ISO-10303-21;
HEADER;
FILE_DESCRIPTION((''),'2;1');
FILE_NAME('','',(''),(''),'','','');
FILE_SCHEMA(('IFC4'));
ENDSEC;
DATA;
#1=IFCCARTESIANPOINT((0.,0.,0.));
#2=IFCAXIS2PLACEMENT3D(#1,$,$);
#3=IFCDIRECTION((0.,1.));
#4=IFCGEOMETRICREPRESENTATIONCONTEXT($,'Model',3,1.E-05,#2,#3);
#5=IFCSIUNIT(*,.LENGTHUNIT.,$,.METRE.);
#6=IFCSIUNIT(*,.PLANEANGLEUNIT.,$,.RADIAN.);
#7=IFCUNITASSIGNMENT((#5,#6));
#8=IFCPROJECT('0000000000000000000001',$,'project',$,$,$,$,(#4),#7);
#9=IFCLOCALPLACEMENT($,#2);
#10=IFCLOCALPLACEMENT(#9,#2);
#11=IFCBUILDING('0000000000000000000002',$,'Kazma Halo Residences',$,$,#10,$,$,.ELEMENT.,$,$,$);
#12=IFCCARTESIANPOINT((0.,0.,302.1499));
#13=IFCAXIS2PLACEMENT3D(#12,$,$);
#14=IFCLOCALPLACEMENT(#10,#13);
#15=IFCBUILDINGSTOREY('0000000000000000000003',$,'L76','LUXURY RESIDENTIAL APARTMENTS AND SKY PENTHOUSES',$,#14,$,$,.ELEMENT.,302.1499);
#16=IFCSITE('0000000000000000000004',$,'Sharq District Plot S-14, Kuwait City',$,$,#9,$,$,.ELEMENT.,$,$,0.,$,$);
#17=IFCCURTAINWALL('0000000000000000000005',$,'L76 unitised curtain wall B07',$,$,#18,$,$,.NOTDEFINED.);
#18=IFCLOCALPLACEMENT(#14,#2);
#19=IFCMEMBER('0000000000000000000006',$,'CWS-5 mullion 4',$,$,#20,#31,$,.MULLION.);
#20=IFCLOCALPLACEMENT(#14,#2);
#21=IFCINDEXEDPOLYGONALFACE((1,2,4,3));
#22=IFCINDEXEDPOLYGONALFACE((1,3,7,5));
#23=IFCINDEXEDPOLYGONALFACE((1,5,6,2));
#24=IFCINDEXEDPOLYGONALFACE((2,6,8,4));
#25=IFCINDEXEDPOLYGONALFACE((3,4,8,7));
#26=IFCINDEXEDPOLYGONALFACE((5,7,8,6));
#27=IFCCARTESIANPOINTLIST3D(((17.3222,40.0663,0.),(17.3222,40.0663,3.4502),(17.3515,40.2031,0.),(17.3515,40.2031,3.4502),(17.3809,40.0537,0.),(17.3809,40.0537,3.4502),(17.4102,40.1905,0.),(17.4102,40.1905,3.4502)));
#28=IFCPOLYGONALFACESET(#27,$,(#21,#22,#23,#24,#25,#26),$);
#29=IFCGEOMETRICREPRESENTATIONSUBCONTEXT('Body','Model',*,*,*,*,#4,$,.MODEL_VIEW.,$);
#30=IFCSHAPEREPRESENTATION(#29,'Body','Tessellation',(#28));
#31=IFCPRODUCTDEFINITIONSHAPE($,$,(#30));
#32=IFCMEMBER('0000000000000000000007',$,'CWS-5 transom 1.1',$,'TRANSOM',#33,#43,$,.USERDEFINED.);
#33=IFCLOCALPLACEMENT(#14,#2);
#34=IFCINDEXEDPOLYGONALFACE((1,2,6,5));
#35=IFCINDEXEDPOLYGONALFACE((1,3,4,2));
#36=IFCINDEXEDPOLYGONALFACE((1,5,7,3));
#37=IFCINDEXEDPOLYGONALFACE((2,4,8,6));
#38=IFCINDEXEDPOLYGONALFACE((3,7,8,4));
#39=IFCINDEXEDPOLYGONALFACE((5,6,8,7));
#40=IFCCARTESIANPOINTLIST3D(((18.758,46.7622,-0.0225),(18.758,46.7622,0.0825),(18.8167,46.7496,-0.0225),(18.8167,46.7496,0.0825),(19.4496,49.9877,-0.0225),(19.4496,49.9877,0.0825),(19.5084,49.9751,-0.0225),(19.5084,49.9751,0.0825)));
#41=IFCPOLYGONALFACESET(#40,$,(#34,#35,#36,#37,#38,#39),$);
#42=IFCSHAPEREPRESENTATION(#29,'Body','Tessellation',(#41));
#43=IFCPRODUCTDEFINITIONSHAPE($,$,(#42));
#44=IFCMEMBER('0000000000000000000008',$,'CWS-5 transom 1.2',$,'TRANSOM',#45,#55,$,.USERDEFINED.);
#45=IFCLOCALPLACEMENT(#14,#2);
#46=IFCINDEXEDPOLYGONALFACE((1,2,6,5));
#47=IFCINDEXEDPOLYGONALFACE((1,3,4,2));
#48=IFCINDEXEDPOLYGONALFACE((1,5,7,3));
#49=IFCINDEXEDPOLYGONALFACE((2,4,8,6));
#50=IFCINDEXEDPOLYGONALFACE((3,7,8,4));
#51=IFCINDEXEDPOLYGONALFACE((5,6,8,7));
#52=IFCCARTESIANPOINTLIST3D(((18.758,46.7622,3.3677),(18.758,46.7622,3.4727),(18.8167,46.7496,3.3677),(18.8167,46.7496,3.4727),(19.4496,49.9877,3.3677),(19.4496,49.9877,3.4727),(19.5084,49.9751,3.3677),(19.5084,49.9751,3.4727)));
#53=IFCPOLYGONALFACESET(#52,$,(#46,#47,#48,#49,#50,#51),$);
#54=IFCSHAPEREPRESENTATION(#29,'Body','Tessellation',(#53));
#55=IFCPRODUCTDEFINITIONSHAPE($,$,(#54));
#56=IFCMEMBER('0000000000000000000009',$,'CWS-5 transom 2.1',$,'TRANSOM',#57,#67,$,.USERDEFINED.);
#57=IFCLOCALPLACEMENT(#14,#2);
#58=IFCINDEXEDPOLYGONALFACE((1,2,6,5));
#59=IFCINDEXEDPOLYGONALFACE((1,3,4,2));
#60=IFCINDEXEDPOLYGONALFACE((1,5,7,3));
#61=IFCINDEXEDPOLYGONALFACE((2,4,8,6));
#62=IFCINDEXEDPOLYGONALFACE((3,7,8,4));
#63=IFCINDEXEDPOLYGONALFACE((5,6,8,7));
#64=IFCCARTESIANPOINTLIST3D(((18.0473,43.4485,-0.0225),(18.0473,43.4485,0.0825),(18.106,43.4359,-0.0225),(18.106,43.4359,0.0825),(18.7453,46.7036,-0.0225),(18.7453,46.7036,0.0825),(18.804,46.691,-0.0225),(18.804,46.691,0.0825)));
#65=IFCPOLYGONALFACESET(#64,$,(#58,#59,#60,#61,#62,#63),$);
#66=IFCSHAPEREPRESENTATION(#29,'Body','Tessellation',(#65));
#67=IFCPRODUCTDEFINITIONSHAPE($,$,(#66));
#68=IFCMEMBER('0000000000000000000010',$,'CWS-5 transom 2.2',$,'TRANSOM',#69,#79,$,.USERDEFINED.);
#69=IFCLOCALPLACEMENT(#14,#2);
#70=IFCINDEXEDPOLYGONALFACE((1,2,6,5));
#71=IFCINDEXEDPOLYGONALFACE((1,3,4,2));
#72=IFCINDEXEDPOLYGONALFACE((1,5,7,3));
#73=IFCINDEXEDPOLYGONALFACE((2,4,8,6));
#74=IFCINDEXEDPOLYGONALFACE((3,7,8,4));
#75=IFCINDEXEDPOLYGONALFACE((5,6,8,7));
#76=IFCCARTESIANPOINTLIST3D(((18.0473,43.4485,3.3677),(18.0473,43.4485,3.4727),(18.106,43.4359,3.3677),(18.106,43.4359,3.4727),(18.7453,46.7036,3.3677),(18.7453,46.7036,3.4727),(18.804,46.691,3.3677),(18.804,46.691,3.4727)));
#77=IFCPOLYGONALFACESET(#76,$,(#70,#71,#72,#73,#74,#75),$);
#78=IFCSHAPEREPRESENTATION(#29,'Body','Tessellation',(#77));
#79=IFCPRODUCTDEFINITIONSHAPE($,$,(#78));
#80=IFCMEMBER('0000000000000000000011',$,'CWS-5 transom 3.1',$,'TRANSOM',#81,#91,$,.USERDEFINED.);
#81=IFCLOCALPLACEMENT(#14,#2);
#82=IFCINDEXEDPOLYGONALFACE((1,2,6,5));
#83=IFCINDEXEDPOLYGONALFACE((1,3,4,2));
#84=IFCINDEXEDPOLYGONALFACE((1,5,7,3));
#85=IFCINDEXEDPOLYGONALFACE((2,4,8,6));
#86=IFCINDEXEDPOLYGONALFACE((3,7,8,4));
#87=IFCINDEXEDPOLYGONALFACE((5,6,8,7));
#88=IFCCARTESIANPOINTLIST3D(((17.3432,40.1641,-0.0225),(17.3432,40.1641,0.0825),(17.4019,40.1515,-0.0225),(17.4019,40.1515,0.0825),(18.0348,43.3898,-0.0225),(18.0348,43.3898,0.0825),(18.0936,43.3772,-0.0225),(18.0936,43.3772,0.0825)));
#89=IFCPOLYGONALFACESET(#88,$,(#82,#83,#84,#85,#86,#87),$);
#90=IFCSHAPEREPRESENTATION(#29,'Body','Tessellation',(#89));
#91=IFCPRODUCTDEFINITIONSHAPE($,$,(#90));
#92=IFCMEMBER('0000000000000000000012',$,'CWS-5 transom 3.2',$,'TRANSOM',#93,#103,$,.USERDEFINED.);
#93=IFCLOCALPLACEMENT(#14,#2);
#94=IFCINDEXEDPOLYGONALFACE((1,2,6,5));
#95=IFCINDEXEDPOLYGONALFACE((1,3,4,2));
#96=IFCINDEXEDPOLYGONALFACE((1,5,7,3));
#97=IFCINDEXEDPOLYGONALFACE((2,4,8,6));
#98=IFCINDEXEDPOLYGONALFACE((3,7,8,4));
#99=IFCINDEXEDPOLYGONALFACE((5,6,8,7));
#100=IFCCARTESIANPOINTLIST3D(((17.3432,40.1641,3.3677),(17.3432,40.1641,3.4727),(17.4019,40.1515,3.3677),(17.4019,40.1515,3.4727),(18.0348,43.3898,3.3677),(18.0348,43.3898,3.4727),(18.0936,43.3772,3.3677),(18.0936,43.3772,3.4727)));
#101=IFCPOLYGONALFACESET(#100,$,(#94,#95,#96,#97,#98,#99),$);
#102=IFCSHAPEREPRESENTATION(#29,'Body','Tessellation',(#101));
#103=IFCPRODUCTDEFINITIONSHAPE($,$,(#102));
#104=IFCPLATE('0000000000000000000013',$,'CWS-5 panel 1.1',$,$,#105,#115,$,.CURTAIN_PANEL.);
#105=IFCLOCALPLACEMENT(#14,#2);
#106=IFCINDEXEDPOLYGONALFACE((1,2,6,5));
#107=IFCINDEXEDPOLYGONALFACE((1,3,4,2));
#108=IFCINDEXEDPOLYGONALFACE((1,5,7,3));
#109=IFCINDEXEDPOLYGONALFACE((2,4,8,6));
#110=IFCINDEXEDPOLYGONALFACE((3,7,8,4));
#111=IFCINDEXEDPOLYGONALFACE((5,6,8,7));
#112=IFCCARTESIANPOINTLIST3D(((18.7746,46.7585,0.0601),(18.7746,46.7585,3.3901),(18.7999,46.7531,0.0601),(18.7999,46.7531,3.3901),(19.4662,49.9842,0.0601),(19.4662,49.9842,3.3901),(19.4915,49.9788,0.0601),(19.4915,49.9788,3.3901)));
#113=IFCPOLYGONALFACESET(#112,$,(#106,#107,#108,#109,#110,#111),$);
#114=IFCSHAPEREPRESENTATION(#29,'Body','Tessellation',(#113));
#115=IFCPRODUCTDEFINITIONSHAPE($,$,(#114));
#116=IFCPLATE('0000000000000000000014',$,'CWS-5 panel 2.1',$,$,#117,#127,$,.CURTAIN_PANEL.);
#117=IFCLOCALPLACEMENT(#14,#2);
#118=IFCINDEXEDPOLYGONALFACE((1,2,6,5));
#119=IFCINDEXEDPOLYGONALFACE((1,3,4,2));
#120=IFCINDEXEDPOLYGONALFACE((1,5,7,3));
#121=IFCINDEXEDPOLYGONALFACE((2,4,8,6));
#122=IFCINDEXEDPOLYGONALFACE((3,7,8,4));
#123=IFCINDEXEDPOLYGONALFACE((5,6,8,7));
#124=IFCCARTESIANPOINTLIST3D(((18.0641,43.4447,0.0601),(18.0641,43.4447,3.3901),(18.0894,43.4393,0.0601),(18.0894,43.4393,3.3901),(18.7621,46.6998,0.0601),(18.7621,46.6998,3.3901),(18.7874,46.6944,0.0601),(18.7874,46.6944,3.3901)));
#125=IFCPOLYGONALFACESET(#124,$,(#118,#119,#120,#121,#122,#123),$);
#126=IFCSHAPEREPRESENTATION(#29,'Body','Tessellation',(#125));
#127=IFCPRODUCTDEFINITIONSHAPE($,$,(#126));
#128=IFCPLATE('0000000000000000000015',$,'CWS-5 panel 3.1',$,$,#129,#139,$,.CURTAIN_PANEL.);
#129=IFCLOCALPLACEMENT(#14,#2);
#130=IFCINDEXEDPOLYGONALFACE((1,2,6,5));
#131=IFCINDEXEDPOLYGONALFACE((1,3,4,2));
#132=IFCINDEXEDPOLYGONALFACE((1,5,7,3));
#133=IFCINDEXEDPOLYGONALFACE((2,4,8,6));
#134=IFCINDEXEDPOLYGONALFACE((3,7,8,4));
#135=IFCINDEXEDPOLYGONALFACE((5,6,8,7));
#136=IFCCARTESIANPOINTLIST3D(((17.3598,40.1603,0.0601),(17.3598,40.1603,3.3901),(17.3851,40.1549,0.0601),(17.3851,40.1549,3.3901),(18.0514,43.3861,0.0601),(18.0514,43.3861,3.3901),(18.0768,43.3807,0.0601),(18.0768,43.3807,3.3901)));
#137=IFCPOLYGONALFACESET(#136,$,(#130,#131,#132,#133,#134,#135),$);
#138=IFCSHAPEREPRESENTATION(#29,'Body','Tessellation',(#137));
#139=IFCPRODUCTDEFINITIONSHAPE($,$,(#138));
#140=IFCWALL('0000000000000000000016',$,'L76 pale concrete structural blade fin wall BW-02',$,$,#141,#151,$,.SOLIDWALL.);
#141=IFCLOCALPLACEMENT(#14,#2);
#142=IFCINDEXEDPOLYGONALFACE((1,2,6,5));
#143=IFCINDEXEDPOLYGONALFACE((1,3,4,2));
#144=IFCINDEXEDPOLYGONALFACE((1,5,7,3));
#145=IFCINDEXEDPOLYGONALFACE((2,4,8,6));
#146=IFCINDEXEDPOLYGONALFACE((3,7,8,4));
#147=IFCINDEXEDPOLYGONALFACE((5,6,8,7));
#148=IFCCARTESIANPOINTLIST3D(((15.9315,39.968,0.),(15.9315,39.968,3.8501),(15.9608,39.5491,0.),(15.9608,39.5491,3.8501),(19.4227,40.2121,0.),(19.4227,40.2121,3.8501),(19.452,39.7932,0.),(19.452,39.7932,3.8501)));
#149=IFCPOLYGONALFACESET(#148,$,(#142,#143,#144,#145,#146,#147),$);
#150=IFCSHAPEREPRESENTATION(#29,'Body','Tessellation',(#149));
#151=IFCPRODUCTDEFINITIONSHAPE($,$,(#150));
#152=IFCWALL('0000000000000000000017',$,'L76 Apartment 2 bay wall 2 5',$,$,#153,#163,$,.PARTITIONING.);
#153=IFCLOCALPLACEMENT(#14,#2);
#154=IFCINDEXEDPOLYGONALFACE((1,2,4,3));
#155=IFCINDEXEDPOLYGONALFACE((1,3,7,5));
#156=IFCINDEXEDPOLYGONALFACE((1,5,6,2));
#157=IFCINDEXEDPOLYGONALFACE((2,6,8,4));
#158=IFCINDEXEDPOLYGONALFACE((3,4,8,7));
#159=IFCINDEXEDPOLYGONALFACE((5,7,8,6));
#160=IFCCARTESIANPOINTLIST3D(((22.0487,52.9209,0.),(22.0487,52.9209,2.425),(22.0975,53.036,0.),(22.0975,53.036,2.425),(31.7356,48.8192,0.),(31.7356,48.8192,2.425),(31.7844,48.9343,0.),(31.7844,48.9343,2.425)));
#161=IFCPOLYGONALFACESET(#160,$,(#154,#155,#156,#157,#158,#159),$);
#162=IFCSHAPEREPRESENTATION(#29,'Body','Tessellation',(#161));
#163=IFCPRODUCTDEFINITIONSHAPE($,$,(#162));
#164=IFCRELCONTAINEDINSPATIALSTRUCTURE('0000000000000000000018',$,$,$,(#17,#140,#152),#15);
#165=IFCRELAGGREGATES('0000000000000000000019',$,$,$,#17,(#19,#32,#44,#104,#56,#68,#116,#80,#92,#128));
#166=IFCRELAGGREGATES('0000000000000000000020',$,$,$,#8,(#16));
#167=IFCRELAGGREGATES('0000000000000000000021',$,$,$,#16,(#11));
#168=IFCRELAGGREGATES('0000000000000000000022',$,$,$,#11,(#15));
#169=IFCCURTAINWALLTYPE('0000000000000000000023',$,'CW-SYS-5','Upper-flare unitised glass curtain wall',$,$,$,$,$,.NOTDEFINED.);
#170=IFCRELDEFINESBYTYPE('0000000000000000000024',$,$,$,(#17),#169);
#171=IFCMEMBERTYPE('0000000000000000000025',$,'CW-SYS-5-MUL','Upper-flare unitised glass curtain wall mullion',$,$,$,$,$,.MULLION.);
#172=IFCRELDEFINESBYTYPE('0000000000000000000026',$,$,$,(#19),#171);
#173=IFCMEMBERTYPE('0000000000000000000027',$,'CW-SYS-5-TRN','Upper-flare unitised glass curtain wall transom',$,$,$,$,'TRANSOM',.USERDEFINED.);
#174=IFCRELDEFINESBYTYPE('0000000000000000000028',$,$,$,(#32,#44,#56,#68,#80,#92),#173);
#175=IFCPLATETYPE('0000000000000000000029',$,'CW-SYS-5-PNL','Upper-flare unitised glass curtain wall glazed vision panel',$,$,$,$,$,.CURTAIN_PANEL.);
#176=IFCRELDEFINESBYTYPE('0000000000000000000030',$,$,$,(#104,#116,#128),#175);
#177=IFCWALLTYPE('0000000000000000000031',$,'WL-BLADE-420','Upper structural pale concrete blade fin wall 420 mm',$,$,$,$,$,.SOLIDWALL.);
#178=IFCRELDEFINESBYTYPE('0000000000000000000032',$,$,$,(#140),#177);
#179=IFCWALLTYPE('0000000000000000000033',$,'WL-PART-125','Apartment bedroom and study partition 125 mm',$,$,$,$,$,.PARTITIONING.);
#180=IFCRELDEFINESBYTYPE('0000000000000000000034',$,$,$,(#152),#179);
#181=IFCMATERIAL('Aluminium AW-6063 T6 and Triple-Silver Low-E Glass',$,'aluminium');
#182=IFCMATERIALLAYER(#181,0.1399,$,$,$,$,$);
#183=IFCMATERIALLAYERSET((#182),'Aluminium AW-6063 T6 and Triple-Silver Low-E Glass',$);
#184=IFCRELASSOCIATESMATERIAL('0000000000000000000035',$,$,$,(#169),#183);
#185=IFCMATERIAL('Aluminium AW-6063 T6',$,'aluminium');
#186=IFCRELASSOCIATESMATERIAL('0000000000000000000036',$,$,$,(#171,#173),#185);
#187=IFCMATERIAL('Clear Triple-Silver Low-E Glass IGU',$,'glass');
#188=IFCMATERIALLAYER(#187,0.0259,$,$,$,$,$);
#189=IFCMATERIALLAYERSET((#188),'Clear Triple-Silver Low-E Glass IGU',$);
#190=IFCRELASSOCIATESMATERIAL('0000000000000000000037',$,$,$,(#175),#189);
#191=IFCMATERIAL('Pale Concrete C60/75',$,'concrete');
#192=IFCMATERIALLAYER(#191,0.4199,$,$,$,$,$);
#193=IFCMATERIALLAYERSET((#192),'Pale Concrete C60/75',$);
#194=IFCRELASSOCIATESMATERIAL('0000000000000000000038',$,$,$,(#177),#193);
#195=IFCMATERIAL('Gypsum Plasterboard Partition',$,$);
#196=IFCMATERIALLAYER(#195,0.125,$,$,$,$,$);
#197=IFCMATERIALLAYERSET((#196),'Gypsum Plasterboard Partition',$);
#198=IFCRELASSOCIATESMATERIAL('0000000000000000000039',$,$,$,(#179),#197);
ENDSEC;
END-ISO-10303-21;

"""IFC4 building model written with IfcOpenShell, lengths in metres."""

from ifc_helpers import new_model, si_unit, direction, frame, frame_2d, origin, origin_2d, place, context, subcontext, project, spatial, rectangle, extrude, material, layer, layer_set, material_profile, profile_set, type_object, element, aggregate, save


model = new_model("IFC4")

# Units and contexts
model_context = context("Model", 3, precision=1e-05, world=origin(), true_north=direction((0.0, 1.0)))
body_context = subcontext(model_context, "Body", "Model", "MODEL_VIEW")
ifc_project = project(units=[si_unit("LENGTHUNIT", "METRE"), si_unit("PLANEANGLEUNIT", "RADIAN")], contexts=[model_context])

# Site, building, storey
site_placement = place(None, origin())
site = spatial("IfcSite", under=ifc_project, at=site_placement, Name="Sharq District Plot S-14, Kuwait City", CompositionType="ELEMENT", RefElevation=0.0)
building_placement = place(site_placement, origin())
building = spatial("IfcBuilding", under=site, at=building_placement, Name="Kazma Halo Residences", CompositionType="ELEMENT")
storey_placement = place(building_placement, frame((0.0, 0.0, 302.1499)))
storey = spatial("IfcBuildingStorey", under=building, at=storey_placement, Name="L76", Description="LUXURY RESIDENTIAL APARTMENTS AND SKY PENTHOUSES", CompositionType="ELEMENT", Elevation=302.1499)

# Curtain wall, members, plates
ifc_material_1 = material(Name="Aluminium AW-6063 T6 and Triple-Silver Low-E Glass", Category="aluminium")
ifc_layer_1 = layer(ifc_material_1, 0.1399)
ifc_layer_set_1 = layer_set([ifc_layer_1], Name="Aluminium AW-6063 T6 and Triple-Silver Low-E Glass")
curtain_wall_type = type_object("IfcCurtainWallType", Name="CW-SYS-5", Description="Upper-flare unitised glass curtain wall", PredefinedType="NOTDEFINED", material=ifc_layer_set_1)
curtain_wall_placement = place(storey_placement, origin())
curtain_wall = element("IfcCurtainWall", 1, at=curtain_wall_placement, inside=storey, type_object=curtain_wall_type, Name="L76 unitised curtain wall B07", PredefinedType="NOTDEFINED")
ifc_material_2 = material(Name="Aluminium AW-6063 T6", Category="aluminium")
ifc_material_profile_1 = material_profile(ifc_material_2, rectangle(XDim=0.0601, YDim=0.1399, at=origin_2d()), Name="CWM-60x140")
ifc_profile_set_1 = profile_set([ifc_material_profile_1], Name="Aluminium AW-6063 T6")
member_type_1 = type_object("IfcMemberType", Name="CW-SYS-5-MUL", Description="Upper-flare unitised glass curtain wall mullion", PredefinedType="MULLION", material=ifc_profile_set_1)
member_1_placement = place(storey_placement, frame((17.3662, 40.1284, 0.0), z_axis=(0.0, 0.0, 1.0), x_axis=(0.977775, -0.209657, 0.0)))
member_1 = element("IfcMember", 2, at=member_1_placement, type_object=member_type_1, Name="CWS-5 mullion 4", PredefinedType="MULLION", context=body_context, shape_type="SweptSolid", body=[
    extrude(rectangle(XDim=0.0601, YDim=0.1399, at=origin_2d()), origin(), (0.0, 0.0, 1.0), 3.4502),
])
ifc_material_profile_2 = material_profile(ifc_material_2, rectangle(XDim=0.0601, YDim=0.105, at=origin_2d()), Name="CWT-60x105")
ifc_profile_set_2 = profile_set([ifc_material_profile_2], Name="Aluminium AW-6063 T6")
member_type_2 = type_object("IfcMemberType", Name="CW-SYS-5-TRN", Description="Upper-flare unitised glass curtain wall transom", ElementType="TRANSOM", PredefinedType="USERDEFINED", material=ifc_profile_set_2)
member_2_placement = place(storey_placement, frame((19.479, 49.9814, 0.03), z_axis=(-0.20966, -0.977774, 0.0), x_axis=(0.977774, -0.20966, 0.0)))
member_2 = element("IfcMember", 3, at=member_2_placement, type_object=member_type_2, Name="CWS-5 transom 1.1", ObjectType="TRANSOM", PredefinedType="USERDEFINED", context=body_context, shape_type="SweptSolid", body=[
    extrude(rectangle(XDim=0.0601, YDim=0.105, at=origin_2d()), origin(), (0.0, 0.0, 1.0), 3.2988),
])
member_3_placement = place(storey_placement, frame((19.479, 49.9814, 3.4202), z_axis=(-0.20966, -0.977774, 0.0), x_axis=(0.977774, -0.20966, 0.0)))
member_3 = element("IfcMember", 4, at=member_3_placement, type_object=member_type_2, Name="CWS-5 transom 1.2", ObjectType="TRANSOM", PredefinedType="USERDEFINED", context=body_context, shape_type="SweptSolid", body=[
    extrude(rectangle(XDim=0.0601, YDim=0.105, at=origin_2d()), origin(), (0.0, 0.0, 1.0), 3.2988),
])
member_4_placement = place(storey_placement, frame((18.7747, 46.6973, 0.03), z_axis=(-0.209664, -0.977773, 0.0), x_axis=(0.977773, -0.209664, 0.0)))
member_4 = element("IfcMember", 5, at=member_4_placement, type_object=member_type_2, Name="CWS-5 transom 2.1", ObjectType="TRANSOM", PredefinedType="USERDEFINED", context=body_context, shape_type="SweptSolid", body=[
    extrude(rectangle(XDim=0.0601, YDim=0.105, at=origin_2d()), origin(), (0.0, 0.0, 1.0), 3.3291),
])
member_5_placement = place(storey_placement, frame((18.7747, 46.6973, 3.4202), z_axis=(-0.209664, -0.977773, 0.0), x_axis=(0.977773, -0.209664, 0.0)))
member_5 = element("IfcMember", 6, at=member_5_placement, type_object=member_type_2, Name="CWS-5 transom 2.2", ObjectType="TRANSOM", PredefinedType="USERDEFINED", context=body_context, shape_type="SweptSolid", body=[
    extrude(rectangle(XDim=0.0601, YDim=0.105, at=origin_2d()), origin(), (0.0, 0.0, 1.0), 3.3291),
])
member_6_placement = place(storey_placement, frame((18.0642, 43.3835, 0.03), z_axis=(-0.209645, -0.977777, 0.0), x_axis=(0.977777, -0.209645, 0.0)))
member_6 = element("IfcMember", 7, at=member_6_placement, type_object=member_type_2, Name="CWS-5 transom 3.1", ObjectType="TRANSOM", PredefinedType="USERDEFINED", context=body_context, shape_type="SweptSolid", body=[
    extrude(rectangle(XDim=0.0601, YDim=0.105, at=origin_2d()), origin(), (0.0, 0.0, 1.0), 3.2991),
])
member_7_placement = place(storey_placement, frame((18.0642, 43.3835, 3.4202), z_axis=(-0.209645, -0.977777, 0.0), x_axis=(0.977777, -0.209645, 0.0)))
member_7 = element("IfcMember", 8, at=member_7_placement, type_object=member_type_2, Name="CWS-5 transom 3.2", ObjectType="TRANSOM", PredefinedType="USERDEFINED", context=body_context, shape_type="SweptSolid", body=[
    extrude(rectangle(XDim=0.0601, YDim=0.105, at=origin_2d()), origin(), (0.0, 0.0, 1.0), 3.2991),
])
ifc_material_3 = material(Name="Clear Triple-Silver Low-E Glass IGU", Category="glass")
ifc_layer_2 = layer(ifc_material_3, 0.0259)
ifc_layer_set_2 = layer_set([ifc_layer_2], Name="Clear Triple-Silver Low-E Glass IGU")
plate_type = type_object("IfcPlateType", Name="CW-SYS-5-PNL", Description="Upper-flare unitised glass curtain wall glazed vision panel", PredefinedType="CURTAIN_PANEL", material=ifc_layer_set_2)
plate_1_placement = place(storey_placement, frame((19.1331, 48.3687, 0.0601), z_axis=(0.0, 0.0, 1.0), x_axis=(-0.209657, -0.977775, 0.0)))
plate_1 = element("IfcPlate", 9, at=plate_1_placement, type_object=plate_type, Name="CWS-5 panel 1.1", PredefinedType="CURTAIN_PANEL", context=body_context, shape_type="SweptSolid", body=[
    extrude(rectangle(XDim=3.2991, YDim=0.0259, at=origin_2d()), origin(), (0.0, 0.0, 1.0), 3.3301),
])
plate_2_placement = place(storey_placement, frame((18.4258, 45.0696, 0.0601), z_axis=(0.0, 0.0, 1.0), x_axis=(-0.209657, -0.977775, 0.0)))
plate_2 = element("IfcPlate", 10, at=plate_2_placement, type_object=plate_type, Name="CWS-5 panel 2.1", PredefinedType="CURTAIN_PANEL", context=body_context, shape_type="SweptSolid", body=[
    extrude(rectangle(XDim=3.3291, YDim=0.0259, at=origin_2d()), origin(), (0.0, 0.0, 1.0), 3.3301),
])
plate_3_placement = place(storey_placement, frame((17.7183, 41.7705, 0.0601), z_axis=(0.0, 0.0, 1.0), x_axis=(-0.209657, -0.977775, 0.0)))
plate_3 = element("IfcPlate", 11, at=plate_3_placement, type_object=plate_type, Name="CWS-5 panel 3.1", PredefinedType="CURTAIN_PANEL", context=body_context, shape_type="SweptSolid", body=[
    extrude(rectangle(XDim=3.2991, YDim=0.0259, at=origin_2d()), origin(), (0.0, 0.0, 1.0), 3.3301),
])
aggregate(curtain_wall, [member_1, member_2, member_3, plate_1, member_4, member_5, plate_2, member_6, member_7, plate_3])

# Walls
ifc_material_4 = material(Name="Pale Concrete C60/75", Category="concrete")
ifc_layer_3 = layer(ifc_material_4, 0.4199)
ifc_layer_set_3 = layer_set([ifc_layer_3], Name="Pale Concrete C60/75")
wall_type_1 = type_object("IfcWallType", Name="WL-BLADE-420", Description="Upper structural pale concrete blade fin wall 420 mm", PredefinedType="SOLIDWALL", material=ifc_layer_set_3)
wall_1_placement = place(storey_placement, frame((19.4375, 40.0027, 0.0), z_axis=(0.0, 0.0, 1.0), x_axis=(-0.997564, -0.06976, 0.0)))
element("IfcWall", 12, at=wall_1_placement, inside=storey, type_object=wall_type_1, Name="L76 pale concrete structural blade fin wall BW-02", PredefinedType="SOLIDWALL", context=body_context, shape_type="SweptSolid", body=[
    extrude(rectangle(XDim=3.4998, YDim=0.4199, at=frame_2d((1.75, 0.0))), origin(), (0.0, 0.0, 1.0), 3.8501),
])
ifc_material_5 = material(Name="Gypsum Plasterboard Partition")
ifc_layer_4 = layer(ifc_material_5, 0.125)
ifc_layer_set_4 = layer_set([ifc_layer_4], Name="Gypsum Plasterboard Partition")
wall_type_2 = type_object("IfcWallType", Name="WL-PART-125", Description="Apartment bedroom and study partition 125 mm", PredefinedType="PARTITIONING", material=ifc_layer_set_4)
wall_2_placement = place(storey_placement, frame((31.76, 48.8767, 0.0), z_axis=(0.0, 0.0, 1.0), x_axis=(-0.920849, 0.389919, 0.0)))
element("IfcWall", 13, at=wall_2_placement, inside=storey, type_object=wall_type_2, Name="L76 Apartment 2 bay wall 2 5", PredefinedType="PARTITIONING", context=body_context, shape_type="SweptSolid", body=[
    extrude(rectangle(XDim=10.5195, YDim=0.125, at=frame_2d((5.2598, 0.0))), origin(), (0.0, 0.0, 1.0), 2.425),
])

save(model, "model.ifc")
